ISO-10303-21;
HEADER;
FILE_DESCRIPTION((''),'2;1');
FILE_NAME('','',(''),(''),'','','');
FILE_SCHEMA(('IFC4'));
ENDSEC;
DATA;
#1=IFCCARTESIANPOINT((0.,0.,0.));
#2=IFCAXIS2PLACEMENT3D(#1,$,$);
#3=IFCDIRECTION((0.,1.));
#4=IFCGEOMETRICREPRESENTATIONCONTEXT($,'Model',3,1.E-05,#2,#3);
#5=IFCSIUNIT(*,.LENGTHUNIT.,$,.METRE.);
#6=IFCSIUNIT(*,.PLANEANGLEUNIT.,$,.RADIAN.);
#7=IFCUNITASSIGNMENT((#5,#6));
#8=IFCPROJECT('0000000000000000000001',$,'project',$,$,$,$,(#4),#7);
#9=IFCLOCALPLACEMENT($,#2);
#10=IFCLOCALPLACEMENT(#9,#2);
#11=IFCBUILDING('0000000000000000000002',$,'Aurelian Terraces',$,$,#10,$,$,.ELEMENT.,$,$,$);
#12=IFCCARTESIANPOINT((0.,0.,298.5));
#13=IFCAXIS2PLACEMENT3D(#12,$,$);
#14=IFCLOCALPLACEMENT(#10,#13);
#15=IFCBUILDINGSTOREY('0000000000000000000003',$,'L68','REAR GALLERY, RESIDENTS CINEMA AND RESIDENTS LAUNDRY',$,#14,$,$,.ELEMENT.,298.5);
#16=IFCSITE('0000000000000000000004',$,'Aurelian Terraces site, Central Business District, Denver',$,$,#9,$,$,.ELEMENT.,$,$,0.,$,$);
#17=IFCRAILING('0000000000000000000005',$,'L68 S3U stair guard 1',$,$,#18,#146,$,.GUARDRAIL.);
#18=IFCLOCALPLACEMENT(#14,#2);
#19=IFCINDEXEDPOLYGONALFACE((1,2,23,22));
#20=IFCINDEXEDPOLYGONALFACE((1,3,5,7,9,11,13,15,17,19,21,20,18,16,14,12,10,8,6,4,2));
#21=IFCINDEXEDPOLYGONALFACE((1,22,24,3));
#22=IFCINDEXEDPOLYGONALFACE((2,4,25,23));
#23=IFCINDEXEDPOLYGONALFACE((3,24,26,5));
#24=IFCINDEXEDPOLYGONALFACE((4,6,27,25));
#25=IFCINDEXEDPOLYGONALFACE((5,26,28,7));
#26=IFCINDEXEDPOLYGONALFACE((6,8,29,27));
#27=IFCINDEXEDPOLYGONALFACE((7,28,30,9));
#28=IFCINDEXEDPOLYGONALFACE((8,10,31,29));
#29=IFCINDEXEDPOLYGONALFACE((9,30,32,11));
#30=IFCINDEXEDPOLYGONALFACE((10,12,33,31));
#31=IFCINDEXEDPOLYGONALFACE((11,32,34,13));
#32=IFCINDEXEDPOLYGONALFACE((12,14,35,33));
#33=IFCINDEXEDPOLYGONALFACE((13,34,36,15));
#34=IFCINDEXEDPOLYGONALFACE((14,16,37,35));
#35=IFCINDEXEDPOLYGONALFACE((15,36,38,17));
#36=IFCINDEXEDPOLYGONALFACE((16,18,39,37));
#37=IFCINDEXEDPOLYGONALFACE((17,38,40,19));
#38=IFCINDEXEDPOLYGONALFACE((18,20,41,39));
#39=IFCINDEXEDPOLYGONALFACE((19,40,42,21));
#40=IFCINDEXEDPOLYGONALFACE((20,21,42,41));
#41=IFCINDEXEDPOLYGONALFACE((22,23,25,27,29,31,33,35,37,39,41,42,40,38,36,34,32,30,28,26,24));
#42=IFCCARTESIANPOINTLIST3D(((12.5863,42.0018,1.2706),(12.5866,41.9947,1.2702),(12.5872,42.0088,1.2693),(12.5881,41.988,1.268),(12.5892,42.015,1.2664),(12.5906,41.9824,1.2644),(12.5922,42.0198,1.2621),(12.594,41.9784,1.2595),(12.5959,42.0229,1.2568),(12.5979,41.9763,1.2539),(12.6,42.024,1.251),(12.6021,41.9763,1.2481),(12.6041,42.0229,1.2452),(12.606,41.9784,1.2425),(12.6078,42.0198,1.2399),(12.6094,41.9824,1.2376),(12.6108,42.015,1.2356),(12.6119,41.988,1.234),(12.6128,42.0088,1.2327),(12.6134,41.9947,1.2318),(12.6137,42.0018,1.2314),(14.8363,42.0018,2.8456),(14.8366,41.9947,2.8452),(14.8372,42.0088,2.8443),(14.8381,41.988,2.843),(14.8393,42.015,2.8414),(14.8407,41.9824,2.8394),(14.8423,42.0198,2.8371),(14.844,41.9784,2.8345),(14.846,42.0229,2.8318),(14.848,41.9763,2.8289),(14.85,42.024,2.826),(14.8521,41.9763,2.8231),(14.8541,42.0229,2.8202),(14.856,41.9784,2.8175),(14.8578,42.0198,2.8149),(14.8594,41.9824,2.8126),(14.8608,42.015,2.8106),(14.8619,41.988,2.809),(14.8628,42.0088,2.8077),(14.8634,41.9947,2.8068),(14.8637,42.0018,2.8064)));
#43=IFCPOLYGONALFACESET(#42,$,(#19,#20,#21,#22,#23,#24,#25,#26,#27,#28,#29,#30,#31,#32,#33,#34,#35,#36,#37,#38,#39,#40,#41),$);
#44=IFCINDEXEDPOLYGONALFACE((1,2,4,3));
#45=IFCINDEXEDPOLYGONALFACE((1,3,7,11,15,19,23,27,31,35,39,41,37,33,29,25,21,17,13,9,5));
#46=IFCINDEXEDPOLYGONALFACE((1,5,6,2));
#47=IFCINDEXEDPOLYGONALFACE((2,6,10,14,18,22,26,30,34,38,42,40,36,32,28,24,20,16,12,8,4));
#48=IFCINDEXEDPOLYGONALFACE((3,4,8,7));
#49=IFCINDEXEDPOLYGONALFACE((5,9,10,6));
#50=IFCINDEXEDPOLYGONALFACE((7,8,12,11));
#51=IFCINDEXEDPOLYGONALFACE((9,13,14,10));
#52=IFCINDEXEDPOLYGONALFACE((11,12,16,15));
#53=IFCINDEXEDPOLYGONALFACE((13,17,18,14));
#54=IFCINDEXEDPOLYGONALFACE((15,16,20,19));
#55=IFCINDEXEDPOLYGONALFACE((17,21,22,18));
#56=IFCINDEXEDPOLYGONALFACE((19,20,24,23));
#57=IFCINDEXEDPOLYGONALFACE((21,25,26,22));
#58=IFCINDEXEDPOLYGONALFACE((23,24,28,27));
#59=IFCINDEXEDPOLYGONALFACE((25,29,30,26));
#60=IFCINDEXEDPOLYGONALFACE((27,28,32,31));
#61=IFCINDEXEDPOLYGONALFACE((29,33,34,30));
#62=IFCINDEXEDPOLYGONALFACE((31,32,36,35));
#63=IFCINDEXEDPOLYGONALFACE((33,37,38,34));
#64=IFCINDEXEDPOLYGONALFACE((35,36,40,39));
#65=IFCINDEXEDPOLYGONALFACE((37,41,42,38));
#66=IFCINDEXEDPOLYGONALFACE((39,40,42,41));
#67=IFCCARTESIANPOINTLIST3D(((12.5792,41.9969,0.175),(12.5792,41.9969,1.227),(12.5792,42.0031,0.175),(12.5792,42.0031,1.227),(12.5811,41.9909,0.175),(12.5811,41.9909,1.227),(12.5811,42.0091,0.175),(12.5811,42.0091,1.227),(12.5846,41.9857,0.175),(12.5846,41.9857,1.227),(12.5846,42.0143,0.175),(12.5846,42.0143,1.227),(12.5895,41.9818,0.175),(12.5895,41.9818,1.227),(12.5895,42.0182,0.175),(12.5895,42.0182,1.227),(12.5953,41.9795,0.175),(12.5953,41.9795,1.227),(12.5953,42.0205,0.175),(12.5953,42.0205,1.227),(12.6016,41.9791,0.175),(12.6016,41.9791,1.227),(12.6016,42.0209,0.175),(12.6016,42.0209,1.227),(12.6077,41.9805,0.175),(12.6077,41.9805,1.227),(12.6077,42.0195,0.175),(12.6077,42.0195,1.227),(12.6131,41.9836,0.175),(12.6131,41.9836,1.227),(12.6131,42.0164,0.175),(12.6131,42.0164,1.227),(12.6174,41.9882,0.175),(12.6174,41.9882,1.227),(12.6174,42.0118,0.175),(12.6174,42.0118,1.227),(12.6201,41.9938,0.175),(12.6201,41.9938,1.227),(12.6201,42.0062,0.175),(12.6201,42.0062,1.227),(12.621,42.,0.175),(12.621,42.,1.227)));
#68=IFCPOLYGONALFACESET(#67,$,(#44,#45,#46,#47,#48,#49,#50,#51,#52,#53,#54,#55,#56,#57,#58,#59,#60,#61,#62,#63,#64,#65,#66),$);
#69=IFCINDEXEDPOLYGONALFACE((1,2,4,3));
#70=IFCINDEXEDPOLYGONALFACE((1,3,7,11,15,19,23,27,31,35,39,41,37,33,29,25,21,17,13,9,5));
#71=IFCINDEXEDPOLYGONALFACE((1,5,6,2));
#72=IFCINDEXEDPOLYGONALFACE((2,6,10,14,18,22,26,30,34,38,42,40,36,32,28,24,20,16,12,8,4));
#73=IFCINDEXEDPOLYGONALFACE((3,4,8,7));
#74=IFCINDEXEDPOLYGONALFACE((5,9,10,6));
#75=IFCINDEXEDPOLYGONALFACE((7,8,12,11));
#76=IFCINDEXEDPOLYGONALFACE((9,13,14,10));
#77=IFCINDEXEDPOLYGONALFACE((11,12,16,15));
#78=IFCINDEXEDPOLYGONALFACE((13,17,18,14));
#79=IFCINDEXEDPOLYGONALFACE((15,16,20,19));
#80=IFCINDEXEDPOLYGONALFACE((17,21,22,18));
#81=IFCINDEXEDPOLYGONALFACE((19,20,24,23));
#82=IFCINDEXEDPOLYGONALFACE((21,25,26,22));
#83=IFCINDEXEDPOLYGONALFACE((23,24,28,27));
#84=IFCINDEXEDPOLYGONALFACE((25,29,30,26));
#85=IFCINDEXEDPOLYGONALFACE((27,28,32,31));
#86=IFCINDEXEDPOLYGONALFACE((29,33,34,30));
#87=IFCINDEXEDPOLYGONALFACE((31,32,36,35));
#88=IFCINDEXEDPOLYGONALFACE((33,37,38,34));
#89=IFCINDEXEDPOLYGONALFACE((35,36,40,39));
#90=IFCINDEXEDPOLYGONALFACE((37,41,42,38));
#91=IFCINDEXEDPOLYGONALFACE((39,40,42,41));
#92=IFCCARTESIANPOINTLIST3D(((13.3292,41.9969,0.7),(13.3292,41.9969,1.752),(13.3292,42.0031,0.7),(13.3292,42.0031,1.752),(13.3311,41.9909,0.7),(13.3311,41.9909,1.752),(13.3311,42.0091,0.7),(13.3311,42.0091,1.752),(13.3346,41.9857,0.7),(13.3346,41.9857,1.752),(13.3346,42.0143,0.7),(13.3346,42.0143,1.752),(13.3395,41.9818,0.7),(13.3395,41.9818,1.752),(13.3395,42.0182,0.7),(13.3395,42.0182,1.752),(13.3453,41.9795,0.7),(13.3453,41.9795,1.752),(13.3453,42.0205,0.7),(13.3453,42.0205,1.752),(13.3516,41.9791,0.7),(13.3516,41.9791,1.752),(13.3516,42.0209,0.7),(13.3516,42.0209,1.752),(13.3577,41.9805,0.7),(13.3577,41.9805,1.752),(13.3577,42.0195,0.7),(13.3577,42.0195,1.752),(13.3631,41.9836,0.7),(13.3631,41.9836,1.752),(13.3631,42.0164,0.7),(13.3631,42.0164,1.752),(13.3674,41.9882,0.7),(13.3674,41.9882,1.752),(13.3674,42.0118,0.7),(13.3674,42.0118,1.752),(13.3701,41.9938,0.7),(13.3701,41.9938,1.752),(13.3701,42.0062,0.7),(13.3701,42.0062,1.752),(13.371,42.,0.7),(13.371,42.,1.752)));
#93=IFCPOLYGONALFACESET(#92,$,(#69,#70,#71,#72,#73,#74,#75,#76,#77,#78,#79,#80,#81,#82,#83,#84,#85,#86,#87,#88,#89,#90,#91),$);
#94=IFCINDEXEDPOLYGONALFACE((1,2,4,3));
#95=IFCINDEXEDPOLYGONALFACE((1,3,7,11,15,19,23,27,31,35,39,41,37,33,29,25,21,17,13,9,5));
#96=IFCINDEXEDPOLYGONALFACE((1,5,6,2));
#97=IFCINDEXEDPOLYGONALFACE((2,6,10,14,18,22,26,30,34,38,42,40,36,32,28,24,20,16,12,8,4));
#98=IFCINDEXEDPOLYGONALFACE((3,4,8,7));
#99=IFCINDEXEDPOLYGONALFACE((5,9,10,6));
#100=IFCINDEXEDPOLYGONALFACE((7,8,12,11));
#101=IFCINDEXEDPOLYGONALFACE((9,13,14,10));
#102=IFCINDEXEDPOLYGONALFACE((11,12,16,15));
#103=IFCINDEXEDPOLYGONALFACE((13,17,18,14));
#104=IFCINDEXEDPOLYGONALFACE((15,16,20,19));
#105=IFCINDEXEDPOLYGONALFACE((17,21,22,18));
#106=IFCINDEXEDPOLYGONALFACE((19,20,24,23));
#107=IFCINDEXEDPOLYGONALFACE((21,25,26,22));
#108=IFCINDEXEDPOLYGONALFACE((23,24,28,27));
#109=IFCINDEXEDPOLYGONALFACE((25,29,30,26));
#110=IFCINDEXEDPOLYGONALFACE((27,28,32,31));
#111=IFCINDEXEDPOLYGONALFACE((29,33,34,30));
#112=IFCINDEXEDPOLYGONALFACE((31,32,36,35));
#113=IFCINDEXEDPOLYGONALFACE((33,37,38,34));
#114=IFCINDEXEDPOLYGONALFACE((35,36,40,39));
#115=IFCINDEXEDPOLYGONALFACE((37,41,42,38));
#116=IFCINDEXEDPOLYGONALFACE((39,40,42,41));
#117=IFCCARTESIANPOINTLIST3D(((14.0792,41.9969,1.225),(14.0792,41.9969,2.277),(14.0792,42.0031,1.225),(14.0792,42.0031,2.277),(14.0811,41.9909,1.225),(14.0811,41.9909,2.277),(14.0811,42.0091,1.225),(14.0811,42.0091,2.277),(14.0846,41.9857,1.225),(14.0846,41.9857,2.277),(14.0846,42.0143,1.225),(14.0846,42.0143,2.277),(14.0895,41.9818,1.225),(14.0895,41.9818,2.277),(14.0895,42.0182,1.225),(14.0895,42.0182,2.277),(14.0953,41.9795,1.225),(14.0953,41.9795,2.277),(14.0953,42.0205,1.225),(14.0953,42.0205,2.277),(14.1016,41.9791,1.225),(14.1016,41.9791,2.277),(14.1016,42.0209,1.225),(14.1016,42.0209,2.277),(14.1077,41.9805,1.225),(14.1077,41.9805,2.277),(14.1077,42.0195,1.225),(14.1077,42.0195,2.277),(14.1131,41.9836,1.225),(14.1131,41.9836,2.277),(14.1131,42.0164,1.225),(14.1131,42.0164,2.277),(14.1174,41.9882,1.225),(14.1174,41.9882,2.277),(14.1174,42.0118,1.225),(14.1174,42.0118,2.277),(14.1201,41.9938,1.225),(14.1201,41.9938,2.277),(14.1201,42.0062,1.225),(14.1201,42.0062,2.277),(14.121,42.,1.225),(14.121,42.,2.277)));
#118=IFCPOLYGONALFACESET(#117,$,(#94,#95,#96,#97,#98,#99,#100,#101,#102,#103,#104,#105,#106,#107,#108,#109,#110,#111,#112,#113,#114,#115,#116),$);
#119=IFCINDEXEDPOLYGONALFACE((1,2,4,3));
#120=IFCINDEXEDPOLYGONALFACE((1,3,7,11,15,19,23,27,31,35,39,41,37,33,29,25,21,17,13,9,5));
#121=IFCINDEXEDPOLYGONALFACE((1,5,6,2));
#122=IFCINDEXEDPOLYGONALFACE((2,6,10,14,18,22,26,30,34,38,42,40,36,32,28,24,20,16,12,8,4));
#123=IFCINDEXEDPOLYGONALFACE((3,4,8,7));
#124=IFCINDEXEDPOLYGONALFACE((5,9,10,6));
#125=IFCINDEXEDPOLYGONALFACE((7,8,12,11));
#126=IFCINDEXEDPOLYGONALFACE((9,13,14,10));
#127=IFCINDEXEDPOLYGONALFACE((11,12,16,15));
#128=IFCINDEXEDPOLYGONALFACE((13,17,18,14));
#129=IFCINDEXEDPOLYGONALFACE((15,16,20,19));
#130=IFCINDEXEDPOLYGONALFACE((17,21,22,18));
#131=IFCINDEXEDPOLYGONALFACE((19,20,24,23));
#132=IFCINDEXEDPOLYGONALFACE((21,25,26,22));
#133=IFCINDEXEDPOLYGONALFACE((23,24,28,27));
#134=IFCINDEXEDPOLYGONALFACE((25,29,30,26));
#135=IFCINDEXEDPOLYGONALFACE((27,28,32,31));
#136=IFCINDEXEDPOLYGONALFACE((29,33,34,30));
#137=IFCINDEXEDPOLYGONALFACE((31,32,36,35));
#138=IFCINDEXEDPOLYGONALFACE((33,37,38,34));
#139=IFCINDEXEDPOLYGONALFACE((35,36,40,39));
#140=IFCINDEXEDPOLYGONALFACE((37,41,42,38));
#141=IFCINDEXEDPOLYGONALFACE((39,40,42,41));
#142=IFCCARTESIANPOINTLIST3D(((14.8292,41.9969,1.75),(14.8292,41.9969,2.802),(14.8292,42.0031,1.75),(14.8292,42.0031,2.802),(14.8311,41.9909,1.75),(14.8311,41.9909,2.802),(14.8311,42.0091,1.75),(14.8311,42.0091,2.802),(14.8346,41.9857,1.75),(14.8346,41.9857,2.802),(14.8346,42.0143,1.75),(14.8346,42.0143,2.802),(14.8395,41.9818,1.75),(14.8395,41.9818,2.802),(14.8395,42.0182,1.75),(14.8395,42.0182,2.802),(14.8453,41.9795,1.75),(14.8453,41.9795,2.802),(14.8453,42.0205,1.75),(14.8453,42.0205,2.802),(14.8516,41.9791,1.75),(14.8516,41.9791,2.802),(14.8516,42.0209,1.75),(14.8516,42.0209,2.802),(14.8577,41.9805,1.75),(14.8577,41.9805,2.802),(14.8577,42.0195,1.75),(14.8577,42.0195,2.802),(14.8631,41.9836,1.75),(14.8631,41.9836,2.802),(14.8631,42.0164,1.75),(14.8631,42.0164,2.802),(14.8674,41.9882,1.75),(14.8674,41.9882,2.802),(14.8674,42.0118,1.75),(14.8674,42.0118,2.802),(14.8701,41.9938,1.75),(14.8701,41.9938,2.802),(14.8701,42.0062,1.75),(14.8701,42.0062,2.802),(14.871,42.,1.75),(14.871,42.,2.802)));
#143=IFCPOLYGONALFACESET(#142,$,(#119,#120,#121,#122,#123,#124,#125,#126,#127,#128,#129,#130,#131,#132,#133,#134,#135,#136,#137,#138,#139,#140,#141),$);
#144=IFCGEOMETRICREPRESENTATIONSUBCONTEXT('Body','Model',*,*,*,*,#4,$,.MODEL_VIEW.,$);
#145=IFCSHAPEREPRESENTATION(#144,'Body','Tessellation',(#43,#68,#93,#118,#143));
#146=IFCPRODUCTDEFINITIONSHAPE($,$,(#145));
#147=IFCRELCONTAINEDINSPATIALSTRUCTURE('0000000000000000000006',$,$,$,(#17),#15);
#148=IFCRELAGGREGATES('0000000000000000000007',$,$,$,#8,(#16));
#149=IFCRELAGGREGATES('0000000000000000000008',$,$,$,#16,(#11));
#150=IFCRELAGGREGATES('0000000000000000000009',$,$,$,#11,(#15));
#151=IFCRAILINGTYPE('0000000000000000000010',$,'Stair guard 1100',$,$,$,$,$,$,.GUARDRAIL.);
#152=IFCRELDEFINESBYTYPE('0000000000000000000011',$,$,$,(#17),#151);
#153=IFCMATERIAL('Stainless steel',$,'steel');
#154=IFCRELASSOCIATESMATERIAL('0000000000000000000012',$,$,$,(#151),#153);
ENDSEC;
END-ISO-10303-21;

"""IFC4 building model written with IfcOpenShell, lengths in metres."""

from ifc_helpers import new_model, si_unit, direction, frame, origin, origin_2d, place, context, subcontext, project, spatial, circle, extrude, source, transform, mapped, material, type_object, element, save


model = new_model("IFC4")

# Units and contexts
model_context = context("Model", 3, precision=1e-05, world=origin(), true_north=direction((0.0, 1.0)))
body_context = subcontext(model_context, "Body", "Model", "MODEL_VIEW")
ifc_project = project(units=[si_unit("LENGTHUNIT", "METRE"), si_unit("PLANEANGLEUNIT", "RADIAN")], contexts=[model_context])

# Site, building, storey
site_placement = place(None, origin())
site = spatial("IfcSite", under=ifc_project, at=site_placement, Name="Aurelian Terraces site, Central Business District, Denver", CompositionType="ELEMENT", RefElevation=0.0)
building_placement = place(site_placement, origin())
building = spatial("IfcBuilding", under=site, at=building_placement, Name="Aurelian Terraces", CompositionType="ELEMENT")
storey_placement = place(building_placement, frame((0.0, 0.0, 298.5)))
storey = spatial("IfcBuildingStorey", under=building, at=storey_placement, Name="L68", Description="REAR GALLERY, RESIDENTS CINEMA AND RESIDENTS LAUNDRY", CompositionType="ELEMENT", Elevation=298.5)

# Railing
ifc_material_1 = material(Name="Stainless steel", Category="steel")
railing_type_1 = type_object("IfcRailingType", Name="Stair guard 1100", PredefinedType="GUARDRAIL", material=ifc_material_1)
shared_shape_1 = source(origin(), body_context, "Body", "SweptSolid", [
    extrude(circle(Radius=0.024, at=origin_2d()), frame((0.0, 0.0, 1.076), z_axis=(0.819232, 0.0, 0.573462), x_axis=(0.0, 1.0, 0.0)), (0.0, 0.0, 1.0), 2.7465),
    extrude(circle(Radius=0.021, at=origin_2d()), origin(), (0.0, 0.0, 1.0), 1.052),
    extrude(circle(Radius=0.021, at=origin_2d()), frame((0.75, 0.0, 0.525)), (0.0, 0.0, 1.0), 1.052),
    extrude(circle(Radius=0.021, at=origin_2d()), frame((1.5, 0.0, 1.05)), (0.0, 0.0, 1.0), 1.052),
    extrude(circle(Radius=0.021, at=origin_2d()), frame((2.25, 0.0, 1.575)), (0.0, 0.0, 1.0), 1.052),
])
railing_1_placement = place(storey_placement, frame((12.6, 42.0, 0.175)))
element("IfcRailing", 1, at=railing_1_placement, inside=storey, type_object=railing_type_1, Name="L68 S3U stair guard 1", PredefinedType="GUARDRAIL", context=body_context, shape_type="MappedRepresentation", body=[
    mapped(shared_shape_1, transform((0.0, 0.0, 0.0), scale=1.0)),
])

save(model, "model.ifc")
